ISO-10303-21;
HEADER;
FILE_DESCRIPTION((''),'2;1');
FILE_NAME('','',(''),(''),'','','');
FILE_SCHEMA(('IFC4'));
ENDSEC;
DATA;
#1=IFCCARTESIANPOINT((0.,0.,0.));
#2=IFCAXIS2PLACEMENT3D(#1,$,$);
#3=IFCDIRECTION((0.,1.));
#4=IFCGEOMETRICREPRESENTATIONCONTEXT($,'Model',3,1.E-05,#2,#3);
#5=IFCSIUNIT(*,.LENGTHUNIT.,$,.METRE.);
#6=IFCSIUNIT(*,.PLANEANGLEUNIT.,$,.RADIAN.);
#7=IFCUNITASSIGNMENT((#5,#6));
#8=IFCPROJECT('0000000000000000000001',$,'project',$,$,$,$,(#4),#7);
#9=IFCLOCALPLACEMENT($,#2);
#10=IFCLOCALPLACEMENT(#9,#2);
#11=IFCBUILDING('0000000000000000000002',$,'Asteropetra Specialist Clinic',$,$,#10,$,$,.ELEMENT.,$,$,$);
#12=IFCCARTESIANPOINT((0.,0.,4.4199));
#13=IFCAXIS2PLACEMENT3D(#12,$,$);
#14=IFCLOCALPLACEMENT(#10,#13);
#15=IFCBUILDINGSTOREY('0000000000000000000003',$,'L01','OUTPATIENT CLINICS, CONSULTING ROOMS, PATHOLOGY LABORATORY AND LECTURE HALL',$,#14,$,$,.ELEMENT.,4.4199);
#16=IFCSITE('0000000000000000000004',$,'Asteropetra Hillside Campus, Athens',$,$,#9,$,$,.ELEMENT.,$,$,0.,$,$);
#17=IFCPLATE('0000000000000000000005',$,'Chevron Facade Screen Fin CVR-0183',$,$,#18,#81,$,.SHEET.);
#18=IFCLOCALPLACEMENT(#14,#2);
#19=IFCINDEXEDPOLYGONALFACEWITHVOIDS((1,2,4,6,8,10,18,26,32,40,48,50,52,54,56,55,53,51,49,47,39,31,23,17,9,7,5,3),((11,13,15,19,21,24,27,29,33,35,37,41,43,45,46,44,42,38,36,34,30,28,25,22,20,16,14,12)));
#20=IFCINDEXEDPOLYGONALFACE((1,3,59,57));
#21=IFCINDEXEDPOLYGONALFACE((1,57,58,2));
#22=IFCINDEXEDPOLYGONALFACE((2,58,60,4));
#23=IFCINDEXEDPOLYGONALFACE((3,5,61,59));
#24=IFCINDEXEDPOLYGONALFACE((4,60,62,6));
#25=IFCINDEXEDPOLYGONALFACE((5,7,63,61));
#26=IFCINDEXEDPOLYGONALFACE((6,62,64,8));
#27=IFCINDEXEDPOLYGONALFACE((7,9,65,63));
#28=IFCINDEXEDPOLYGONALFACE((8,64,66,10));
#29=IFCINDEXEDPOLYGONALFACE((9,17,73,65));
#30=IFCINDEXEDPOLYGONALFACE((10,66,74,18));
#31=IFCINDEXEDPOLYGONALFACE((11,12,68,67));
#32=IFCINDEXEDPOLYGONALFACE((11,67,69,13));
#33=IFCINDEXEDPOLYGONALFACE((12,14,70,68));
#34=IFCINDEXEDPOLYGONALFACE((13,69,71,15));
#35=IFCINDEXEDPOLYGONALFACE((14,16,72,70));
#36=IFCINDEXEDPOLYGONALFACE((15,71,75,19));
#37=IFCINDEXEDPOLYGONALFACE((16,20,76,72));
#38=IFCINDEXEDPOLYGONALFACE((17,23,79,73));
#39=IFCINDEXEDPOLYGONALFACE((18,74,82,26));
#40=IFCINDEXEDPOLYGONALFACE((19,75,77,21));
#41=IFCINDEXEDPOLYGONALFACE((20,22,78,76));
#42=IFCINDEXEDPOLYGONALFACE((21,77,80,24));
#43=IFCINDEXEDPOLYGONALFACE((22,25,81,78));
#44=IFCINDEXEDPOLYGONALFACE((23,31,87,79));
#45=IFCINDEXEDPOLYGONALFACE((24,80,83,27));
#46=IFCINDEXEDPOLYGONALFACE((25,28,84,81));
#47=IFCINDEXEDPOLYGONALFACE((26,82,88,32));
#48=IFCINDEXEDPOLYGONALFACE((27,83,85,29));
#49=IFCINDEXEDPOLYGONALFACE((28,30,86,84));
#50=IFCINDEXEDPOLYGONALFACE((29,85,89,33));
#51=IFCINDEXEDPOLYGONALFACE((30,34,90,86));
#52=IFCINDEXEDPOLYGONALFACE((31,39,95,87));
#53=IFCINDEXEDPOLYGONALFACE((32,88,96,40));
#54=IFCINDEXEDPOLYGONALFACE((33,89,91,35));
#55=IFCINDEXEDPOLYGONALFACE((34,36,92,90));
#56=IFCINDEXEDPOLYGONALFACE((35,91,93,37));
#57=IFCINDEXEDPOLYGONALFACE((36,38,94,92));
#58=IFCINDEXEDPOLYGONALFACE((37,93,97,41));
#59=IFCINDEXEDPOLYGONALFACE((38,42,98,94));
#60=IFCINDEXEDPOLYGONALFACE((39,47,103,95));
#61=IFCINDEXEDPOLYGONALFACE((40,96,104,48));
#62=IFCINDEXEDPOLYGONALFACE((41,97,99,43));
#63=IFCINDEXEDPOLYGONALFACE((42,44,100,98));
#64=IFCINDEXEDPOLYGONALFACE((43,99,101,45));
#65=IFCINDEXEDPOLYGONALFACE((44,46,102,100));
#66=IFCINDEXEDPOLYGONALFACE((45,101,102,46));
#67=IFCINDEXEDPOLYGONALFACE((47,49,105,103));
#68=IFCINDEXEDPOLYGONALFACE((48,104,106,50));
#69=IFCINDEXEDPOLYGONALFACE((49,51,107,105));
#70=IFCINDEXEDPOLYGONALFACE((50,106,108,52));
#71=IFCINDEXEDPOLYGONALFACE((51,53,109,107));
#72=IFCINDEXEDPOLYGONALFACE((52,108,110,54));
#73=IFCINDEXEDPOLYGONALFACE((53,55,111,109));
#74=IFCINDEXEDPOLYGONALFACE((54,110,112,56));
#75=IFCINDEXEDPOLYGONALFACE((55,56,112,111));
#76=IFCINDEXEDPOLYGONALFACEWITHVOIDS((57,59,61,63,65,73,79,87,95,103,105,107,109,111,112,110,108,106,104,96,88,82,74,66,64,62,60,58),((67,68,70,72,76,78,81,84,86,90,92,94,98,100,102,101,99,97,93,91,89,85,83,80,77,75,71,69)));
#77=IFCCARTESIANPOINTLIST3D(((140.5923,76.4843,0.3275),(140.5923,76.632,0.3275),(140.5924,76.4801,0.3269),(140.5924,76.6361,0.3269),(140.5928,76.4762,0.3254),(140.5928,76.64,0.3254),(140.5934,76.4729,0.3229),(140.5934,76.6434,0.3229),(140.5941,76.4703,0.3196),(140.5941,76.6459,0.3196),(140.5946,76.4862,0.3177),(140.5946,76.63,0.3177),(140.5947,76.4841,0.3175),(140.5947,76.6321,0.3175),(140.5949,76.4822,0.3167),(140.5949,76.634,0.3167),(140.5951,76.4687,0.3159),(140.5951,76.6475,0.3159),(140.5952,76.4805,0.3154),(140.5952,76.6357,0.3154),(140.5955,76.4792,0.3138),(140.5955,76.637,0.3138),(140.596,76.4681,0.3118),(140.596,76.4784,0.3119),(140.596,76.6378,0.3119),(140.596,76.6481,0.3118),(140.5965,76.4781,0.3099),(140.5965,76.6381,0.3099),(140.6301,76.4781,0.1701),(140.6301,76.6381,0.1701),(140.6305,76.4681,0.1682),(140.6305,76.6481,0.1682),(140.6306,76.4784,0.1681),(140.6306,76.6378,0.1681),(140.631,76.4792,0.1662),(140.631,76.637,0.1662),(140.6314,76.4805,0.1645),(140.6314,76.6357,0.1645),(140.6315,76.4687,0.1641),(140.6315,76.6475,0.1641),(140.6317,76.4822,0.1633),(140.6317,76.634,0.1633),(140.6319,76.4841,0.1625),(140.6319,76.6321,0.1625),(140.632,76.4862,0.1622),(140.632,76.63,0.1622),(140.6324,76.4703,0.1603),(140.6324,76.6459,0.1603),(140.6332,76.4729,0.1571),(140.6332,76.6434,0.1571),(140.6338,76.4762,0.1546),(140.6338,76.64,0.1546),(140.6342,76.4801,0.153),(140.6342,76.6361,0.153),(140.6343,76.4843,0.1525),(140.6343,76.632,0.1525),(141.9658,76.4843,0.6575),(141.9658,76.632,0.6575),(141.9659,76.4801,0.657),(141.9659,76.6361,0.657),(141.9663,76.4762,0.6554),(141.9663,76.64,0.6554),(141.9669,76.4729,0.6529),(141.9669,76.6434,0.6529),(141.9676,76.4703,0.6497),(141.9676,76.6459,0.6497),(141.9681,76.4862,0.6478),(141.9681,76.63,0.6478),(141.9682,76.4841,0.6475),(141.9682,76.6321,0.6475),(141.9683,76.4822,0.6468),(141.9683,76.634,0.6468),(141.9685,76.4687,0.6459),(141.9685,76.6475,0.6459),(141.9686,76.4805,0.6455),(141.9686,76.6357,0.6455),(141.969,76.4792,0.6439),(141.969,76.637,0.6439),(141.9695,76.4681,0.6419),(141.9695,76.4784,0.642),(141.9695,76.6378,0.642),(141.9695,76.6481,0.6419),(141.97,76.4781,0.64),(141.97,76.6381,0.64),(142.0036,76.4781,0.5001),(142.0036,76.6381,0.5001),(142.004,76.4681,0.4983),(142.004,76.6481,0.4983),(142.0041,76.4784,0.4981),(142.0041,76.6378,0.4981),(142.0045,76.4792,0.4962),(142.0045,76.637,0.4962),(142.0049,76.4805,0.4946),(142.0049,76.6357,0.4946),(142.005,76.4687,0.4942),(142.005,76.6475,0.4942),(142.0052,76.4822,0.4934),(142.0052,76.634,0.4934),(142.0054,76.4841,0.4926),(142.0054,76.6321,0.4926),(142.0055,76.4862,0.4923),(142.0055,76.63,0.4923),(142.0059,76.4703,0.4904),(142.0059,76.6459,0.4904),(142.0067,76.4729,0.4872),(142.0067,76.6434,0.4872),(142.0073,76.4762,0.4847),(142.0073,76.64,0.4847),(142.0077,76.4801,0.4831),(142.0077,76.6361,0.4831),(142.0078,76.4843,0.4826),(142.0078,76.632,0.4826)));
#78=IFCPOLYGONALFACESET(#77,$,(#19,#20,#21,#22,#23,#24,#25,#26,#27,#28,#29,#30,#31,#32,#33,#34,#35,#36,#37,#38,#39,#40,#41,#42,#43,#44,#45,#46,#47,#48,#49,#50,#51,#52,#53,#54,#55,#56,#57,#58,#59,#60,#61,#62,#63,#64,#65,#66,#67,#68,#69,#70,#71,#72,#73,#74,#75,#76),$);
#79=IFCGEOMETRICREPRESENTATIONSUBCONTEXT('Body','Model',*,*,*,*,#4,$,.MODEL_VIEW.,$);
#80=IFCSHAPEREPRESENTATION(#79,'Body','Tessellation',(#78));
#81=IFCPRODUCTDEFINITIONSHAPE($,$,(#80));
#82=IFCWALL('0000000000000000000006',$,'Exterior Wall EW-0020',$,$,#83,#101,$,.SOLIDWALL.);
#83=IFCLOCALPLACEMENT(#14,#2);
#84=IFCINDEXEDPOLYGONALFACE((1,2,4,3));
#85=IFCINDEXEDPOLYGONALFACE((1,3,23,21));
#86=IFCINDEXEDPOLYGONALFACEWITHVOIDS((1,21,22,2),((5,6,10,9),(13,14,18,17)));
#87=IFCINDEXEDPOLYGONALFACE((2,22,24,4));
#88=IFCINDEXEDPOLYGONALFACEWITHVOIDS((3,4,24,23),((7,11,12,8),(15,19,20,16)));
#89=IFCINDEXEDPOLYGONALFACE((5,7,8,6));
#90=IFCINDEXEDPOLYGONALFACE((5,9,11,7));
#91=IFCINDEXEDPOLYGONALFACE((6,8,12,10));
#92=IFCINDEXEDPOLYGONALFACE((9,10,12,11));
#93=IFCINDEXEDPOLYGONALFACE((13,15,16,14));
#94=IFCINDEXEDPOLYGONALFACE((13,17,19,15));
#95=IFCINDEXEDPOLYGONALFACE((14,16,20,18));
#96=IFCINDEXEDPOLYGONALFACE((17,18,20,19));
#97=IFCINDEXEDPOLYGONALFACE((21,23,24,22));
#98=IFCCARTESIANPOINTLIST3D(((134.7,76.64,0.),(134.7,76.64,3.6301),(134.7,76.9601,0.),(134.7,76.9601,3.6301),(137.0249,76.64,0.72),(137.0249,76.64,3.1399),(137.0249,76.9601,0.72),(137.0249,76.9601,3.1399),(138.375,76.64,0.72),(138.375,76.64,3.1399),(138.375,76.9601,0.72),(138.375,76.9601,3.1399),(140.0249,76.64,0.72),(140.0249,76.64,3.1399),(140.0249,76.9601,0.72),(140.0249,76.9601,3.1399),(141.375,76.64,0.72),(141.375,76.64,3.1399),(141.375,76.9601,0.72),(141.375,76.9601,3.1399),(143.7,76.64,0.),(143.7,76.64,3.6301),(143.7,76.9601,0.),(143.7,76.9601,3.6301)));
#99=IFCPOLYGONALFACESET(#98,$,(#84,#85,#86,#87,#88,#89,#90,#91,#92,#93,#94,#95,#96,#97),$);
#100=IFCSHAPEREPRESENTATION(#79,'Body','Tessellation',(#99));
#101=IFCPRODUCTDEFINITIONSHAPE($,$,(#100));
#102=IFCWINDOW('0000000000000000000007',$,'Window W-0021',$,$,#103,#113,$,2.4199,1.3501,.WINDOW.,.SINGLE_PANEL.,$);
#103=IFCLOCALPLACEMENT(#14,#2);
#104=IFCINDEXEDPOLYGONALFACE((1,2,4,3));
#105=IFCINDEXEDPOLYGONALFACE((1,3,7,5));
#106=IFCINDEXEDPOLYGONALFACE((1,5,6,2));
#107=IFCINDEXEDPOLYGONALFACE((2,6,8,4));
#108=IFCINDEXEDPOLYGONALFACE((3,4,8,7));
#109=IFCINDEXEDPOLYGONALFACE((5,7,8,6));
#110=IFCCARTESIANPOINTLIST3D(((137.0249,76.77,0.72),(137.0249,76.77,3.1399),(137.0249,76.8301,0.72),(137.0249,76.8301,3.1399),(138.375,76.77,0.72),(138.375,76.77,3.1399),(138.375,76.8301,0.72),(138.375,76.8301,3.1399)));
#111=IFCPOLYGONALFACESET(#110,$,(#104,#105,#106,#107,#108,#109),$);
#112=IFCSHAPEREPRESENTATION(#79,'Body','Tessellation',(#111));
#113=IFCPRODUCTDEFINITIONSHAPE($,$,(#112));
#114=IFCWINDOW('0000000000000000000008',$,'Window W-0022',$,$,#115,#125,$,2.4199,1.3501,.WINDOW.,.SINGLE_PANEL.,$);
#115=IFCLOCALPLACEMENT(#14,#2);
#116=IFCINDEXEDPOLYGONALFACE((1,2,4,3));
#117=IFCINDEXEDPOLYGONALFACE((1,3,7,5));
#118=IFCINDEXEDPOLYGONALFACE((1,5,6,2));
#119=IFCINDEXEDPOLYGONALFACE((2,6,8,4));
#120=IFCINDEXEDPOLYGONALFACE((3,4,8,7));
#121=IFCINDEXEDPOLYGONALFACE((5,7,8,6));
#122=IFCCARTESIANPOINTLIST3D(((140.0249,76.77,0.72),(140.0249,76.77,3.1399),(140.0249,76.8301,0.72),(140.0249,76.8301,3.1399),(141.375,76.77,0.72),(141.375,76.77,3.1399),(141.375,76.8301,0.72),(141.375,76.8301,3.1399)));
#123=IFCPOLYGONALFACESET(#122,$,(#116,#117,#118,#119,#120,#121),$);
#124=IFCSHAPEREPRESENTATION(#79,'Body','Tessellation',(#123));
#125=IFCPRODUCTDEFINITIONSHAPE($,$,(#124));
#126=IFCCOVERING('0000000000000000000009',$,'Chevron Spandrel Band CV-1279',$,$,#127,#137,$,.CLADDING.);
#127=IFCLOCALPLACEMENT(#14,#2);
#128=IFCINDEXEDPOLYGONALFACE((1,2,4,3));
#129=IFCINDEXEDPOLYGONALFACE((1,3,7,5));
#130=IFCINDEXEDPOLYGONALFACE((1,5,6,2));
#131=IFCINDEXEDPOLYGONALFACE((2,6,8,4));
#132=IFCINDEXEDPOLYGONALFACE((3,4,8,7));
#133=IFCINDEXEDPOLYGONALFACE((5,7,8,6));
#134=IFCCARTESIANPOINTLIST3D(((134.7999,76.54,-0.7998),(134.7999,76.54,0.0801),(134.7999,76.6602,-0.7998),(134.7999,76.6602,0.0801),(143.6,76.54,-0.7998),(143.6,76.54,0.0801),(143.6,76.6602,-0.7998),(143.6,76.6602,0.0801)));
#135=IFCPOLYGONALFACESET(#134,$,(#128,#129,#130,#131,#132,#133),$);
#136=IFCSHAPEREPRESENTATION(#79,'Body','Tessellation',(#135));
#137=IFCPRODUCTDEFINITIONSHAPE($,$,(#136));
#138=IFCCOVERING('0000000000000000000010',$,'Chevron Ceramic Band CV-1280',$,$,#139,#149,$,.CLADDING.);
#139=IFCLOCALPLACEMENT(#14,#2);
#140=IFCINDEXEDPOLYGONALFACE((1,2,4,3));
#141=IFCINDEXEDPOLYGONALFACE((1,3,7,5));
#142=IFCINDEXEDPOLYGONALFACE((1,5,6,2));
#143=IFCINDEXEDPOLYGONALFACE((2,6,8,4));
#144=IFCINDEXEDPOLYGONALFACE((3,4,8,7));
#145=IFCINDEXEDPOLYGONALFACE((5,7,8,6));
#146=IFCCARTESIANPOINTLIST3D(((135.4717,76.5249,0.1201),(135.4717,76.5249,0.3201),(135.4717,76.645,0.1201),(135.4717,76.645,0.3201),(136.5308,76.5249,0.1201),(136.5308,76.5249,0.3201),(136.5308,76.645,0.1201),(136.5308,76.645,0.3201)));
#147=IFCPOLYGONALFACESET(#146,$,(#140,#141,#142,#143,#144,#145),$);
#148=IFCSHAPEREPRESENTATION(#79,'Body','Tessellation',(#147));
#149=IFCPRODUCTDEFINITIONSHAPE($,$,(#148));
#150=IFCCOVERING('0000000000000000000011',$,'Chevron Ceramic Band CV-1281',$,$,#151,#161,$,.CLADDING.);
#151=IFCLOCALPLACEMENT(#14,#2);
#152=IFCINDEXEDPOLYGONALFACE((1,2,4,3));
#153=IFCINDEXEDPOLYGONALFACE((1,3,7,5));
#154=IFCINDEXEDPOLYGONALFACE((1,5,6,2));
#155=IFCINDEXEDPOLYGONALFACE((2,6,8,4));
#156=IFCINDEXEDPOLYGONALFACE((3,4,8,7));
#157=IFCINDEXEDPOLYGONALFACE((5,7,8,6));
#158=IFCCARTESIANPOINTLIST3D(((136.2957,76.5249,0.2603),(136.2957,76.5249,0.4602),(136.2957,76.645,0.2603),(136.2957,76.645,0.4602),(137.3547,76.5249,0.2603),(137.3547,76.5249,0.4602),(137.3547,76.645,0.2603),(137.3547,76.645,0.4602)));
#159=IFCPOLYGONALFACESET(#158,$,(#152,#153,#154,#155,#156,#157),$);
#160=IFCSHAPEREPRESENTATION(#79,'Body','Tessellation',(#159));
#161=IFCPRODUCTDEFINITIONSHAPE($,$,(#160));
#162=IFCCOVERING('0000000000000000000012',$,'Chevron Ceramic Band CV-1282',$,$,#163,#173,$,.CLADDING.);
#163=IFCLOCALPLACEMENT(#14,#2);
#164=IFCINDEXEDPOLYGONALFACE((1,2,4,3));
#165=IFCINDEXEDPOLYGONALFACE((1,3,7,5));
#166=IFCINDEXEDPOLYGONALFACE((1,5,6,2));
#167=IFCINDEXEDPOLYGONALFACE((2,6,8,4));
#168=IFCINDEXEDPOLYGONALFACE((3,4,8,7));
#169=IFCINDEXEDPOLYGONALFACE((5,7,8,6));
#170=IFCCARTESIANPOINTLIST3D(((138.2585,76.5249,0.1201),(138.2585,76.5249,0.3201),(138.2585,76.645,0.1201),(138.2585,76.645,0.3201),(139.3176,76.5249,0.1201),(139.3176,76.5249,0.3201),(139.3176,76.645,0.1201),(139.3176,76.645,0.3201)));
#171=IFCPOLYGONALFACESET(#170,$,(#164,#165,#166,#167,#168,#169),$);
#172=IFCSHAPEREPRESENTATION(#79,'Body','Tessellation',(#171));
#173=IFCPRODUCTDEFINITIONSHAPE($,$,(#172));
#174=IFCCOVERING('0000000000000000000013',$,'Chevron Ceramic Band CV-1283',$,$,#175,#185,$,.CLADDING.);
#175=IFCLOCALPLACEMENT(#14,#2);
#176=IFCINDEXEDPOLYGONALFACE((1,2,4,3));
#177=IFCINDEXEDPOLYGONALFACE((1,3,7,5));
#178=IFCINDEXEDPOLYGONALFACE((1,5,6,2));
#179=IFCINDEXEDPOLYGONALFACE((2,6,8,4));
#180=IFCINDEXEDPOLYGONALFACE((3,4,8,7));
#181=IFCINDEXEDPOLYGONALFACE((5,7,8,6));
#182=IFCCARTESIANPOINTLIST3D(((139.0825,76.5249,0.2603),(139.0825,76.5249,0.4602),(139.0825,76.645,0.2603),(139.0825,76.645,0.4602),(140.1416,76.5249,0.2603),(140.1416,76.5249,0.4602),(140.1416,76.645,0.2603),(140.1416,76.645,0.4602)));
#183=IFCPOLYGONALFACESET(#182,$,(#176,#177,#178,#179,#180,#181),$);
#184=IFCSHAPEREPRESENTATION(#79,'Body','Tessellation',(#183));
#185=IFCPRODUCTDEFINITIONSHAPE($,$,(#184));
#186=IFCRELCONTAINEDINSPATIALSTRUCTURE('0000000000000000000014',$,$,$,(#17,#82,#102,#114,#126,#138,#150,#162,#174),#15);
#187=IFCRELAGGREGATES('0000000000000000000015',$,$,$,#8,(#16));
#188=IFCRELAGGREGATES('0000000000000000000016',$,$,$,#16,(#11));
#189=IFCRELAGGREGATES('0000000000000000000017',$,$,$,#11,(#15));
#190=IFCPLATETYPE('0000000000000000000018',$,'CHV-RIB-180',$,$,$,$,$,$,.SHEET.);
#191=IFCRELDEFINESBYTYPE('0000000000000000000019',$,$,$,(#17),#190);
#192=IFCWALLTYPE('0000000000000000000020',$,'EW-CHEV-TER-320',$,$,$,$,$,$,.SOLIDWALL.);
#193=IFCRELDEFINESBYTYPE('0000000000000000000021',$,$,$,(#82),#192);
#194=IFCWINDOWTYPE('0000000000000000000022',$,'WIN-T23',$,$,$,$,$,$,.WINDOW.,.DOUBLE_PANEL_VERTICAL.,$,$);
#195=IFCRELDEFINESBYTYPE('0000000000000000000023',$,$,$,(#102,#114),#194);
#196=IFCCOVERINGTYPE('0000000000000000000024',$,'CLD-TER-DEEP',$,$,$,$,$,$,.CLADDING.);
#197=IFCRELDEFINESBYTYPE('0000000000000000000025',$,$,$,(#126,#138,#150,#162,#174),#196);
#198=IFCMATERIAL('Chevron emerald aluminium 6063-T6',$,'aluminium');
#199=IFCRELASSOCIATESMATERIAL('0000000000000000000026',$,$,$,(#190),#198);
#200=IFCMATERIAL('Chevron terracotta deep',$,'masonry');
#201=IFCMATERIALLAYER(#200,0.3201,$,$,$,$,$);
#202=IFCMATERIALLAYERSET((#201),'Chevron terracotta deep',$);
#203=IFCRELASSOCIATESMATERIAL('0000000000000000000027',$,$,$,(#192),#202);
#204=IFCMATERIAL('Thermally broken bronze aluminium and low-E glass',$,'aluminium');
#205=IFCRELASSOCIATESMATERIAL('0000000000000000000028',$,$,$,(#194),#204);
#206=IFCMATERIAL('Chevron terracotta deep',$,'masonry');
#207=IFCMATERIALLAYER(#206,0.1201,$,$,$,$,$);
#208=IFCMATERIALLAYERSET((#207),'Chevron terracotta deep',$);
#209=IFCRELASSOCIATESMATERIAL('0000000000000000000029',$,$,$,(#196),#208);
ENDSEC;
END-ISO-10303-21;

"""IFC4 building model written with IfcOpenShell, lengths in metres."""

from ifc_helpers import new_model, si_unit, direction, frame, frame_2d, origin, origin_2d, place, context, subcontext, project, spatial, rectangle, hollow_rectangle, extrude, material, layer, layer_set, material_profile, profile_set, type_object, element, fill, save


model = new_model("IFC4")

# Units and contexts
model_context = context("Model", 3, precision=1e-05, world=origin(), true_north=direction((0.0, 1.0)))
body_context = subcontext(model_context, "Body", "Model", "MODEL_VIEW")
ifc_project = project(units=[si_unit("LENGTHUNIT", "METRE"), si_unit("PLANEANGLEUNIT", "RADIAN")], contexts=[model_context])

# Site, building, storey
site_placement = place(None, origin())
site = spatial("IfcSite", under=ifc_project, at=site_placement, Name="Asteropetra Hillside Campus, Athens", CompositionType="ELEMENT", RefElevation=0.0)
building_placement = place(site_placement, origin())
building = spatial("IfcBuilding", under=site, at=building_placement, Name="Asteropetra Specialist Clinic", CompositionType="ELEMENT")
storey_placement = place(building_placement, frame((0.0, 0.0, 4.4199)))
storey = spatial("IfcBuildingStorey", under=building, at=storey_placement, Name="L01", Description="OUTPATIENT CLINICS, CONSULTING ROOMS, PATHOLOGY LABORATORY AND LECTURE HALL", CompositionType="ELEMENT", Elevation=4.4199)

# Plate
ifc_material_1 = material(Name="Chevron emerald aluminium 6063-T6", Category="aluminium")
ifc_material_profile_1 = material_profile(ifc_material_1, hollow_rectangle(XDim=0.1799, YDim=0.1799, WallThickness=0.01, InnerFilletRadius=0.0081, OuterFilletRadius=0.0161, at=origin_2d()), Name="SHS 180x180x10.0")
ifc_profile_set_1 = profile_set([ifc_material_profile_1], Name="Chevron emerald aluminium 6063-T6")
plate_type = type_object("IfcPlateType", Name="CHV-RIB-180", PredefinedType="SHEET", material=ifc_profile_set_1)
plate_1_placement = place(storey_placement, frame((140.6133, 76.5581, 0.24), z_axis=(0.972318, 0.0, 0.233661), x_axis=(0.0, 1.0, 0.0)))
element("IfcPlate", 1, at=plate_1_placement, inside=storey, type_object=plate_type, Name="Chevron Facade Screen Fin CVR-0183", PredefinedType="SHEET", context=body_context, shape_type="SweptSolid", body=[
    extrude(hollow_rectangle(XDim=0.1799, YDim=0.1799, WallThickness=0.01, InnerFilletRadius=0.0081, OuterFilletRadius=0.0161, at=origin_2d()), origin(), (0.0, 0.0, 1.0), 1.4126),
])

# Wall, openings, windows
ifc_material_2 = material(Name="Chevron terracotta deep", Category="masonry")
ifc_layer_1 = layer(ifc_material_2, 0.3201)
ifc_layer_set_1 = layer_set([ifc_layer_1], Name="Chevron terracotta deep")
wall_type = type_object("IfcWallType", Name="EW-CHEV-TER-320", PredefinedType="SOLIDWALL", material=ifc_layer_set_1)
wall_placement = place(storey_placement, frame((134.7, 76.8, 0.0), z_axis=(0.0, 0.0, 1.0), x_axis=(1.0, 0.0, 0.0)))
wall = element("IfcWall", 2, at=wall_placement, inside=storey, type_object=wall_type, Name="Exterior Wall EW-0020", PredefinedType="SOLIDWALL", context=body_context, shape_type="SweptSolid", body=[
    extrude(rectangle(XDim=9.0, YDim=0.3201, at=frame_2d((4.5, 0.0))), origin(), (0.0, 0.0, 1.0), 3.6301),
])
opening_1_placement = place(wall_placement, frame((2.325, 0.0, 0.72)))
opening_1 = element("IfcOpeningElement", 3, at=opening_1_placement, cuts=wall, PredefinedType="OPENING", context=body_context, shape_type="SweptSolid", body=[
    extrude(rectangle(XDim=1.3501, YDim=2.4199, at=frame_2d((0.675, 1.21))), frame((0.0, 0.1699, 0.0), z_axis=(0.0, -1.0, 0.0), x_axis=(1.0, 0.0, 0.0)), (0.0, 0.0, 1.0), 0.3401),
])
opening_2_placement = place(wall_placement, frame((5.325, 0.0, 0.72)))
opening_2 = element("IfcOpeningElement", 4, at=opening_2_placement, cuts=wall, PredefinedType="OPENING", context=body_context, shape_type="SweptSolid", body=[
    extrude(rectangle(XDim=1.3501, YDim=2.4199, at=frame_2d((0.675, 1.21))), frame((0.0, 0.1699, 0.0), z_axis=(0.0, -1.0, 0.0), x_axis=(1.0, 0.0, 0.0)), (0.0, 0.0, 1.0), 0.3401),
])
ifc_material_3 = material(Name="Thermally broken bronze aluminium and low-E glass", Category="aluminium")
window_type = type_object("IfcWindowType", Name="WIN-T23", PartitioningType="DOUBLE_PANEL_VERTICAL", PredefinedType="WINDOW", material=ifc_material_3)
window_1_placement = place(opening_1_placement, origin())
window_1 = element("IfcWindow", 5, at=window_1_placement, inside=storey, type_object=window_type, Name="Window W-0021", OverallHeight=2.4199, OverallWidth=1.3501, PartitioningType="SINGLE_PANEL", PredefinedType="WINDOW", context=body_context, shape_type="SweptSolid", body=[
    extrude(rectangle(XDim=1.3501, YDim=2.4199, at=frame_2d((0.675, 1.21))), frame((0.0, 0.03, 0.0), z_axis=(0.0, -1.0, 0.0), x_axis=(1.0, 0.0, 0.0)), (0.0, 0.0, 1.0), 0.0601),
])
fill(opening_1, window_1)
window_2_placement = place(opening_2_placement, origin())
window_2 = element("IfcWindow", 6, at=window_2_placement, inside=storey, type_object=window_type, Name="Window W-0022", OverallHeight=2.4199, OverallWidth=1.3501, PartitioningType="SINGLE_PANEL", PredefinedType="WINDOW", context=body_context, shape_type="SweptSolid", body=[
    extrude(rectangle(XDim=1.3501, YDim=2.4199, at=frame_2d((0.675, 1.21))), frame((0.0, 0.03, 0.0), z_axis=(0.0, -1.0, 0.0), x_axis=(1.0, 0.0, 0.0)), (0.0, 0.0, 1.0), 0.0601),
])
fill(opening_2, window_2)

# Coverings
ifc_material_4 = material(Name="Chevron terracotta deep", Category="masonry")
ifc_layer_2 = layer(ifc_material_4, 0.1201)
ifc_layer_set_2 = layer_set([ifc_layer_2], Name="Chevron terracotta deep")
covering_type_1 = type_object("IfcCoveringType", Name="CLD-TER-DEEP", PredefinedType="CLADDING", material=ifc_layer_set_2)
covering_1_placement = place(storey_placement, frame((139.2, 76.6001, -0.7998), z_axis=(0.0, 0.0, 1.0), x_axis=(1.0, 0.0, 0.0)))
element("IfcCovering", 7, at=covering_1_placement, inside=storey, type_object=covering_type_1, Name="Chevron Spandrel Band CV-1279", PredefinedType="CLADDING", context=body_context, shape_type="SweptSolid", body=[
    extrude(rectangle(XDim=8.8, YDim=0.1201, at=origin_2d()), origin(), (0.0, 0.0, 1.0), 0.8799),
])
for number, where, z_axis, x_axis, name in (
    (8, (136.0012, 76.585, 0.1201), (0.0, 0.0, 1.0), (1.0, 0.0, 0.0), "Chevron Ceramic Band CV-1280"),
    (9, (136.8252, 76.585, 0.2603), (0.0, 0.0, 1.0), (1.0, 0.0, 0.0), "Chevron Ceramic Band CV-1281"),
    (10, (138.7881, 76.585, 0.1201), (0.0, 0.0, 1.0), (1.0, 0.0, 0.0), "Chevron Ceramic Band CV-1282"),
    (11, (139.6121, 76.585, 0.2603), (0.0, 0.0, 1.0), (1.0, 0.0, 0.0), "Chevron Ceramic Band CV-1283"),
):
    element("IfcCovering", number, at=place(storey_placement, frame(where, z_axis=z_axis, x_axis=x_axis)), inside=storey, type_object=covering_type_1, Name=name, PredefinedType="CLADDING", context=body_context, shape_type="SweptSolid", body=[
        extrude(rectangle(XDim=1.0591, YDim=0.1201, at=origin_2d()), origin(), (0.0, 0.0, 1.0), 0.2),
    ])

save(model, "model.ifc")
